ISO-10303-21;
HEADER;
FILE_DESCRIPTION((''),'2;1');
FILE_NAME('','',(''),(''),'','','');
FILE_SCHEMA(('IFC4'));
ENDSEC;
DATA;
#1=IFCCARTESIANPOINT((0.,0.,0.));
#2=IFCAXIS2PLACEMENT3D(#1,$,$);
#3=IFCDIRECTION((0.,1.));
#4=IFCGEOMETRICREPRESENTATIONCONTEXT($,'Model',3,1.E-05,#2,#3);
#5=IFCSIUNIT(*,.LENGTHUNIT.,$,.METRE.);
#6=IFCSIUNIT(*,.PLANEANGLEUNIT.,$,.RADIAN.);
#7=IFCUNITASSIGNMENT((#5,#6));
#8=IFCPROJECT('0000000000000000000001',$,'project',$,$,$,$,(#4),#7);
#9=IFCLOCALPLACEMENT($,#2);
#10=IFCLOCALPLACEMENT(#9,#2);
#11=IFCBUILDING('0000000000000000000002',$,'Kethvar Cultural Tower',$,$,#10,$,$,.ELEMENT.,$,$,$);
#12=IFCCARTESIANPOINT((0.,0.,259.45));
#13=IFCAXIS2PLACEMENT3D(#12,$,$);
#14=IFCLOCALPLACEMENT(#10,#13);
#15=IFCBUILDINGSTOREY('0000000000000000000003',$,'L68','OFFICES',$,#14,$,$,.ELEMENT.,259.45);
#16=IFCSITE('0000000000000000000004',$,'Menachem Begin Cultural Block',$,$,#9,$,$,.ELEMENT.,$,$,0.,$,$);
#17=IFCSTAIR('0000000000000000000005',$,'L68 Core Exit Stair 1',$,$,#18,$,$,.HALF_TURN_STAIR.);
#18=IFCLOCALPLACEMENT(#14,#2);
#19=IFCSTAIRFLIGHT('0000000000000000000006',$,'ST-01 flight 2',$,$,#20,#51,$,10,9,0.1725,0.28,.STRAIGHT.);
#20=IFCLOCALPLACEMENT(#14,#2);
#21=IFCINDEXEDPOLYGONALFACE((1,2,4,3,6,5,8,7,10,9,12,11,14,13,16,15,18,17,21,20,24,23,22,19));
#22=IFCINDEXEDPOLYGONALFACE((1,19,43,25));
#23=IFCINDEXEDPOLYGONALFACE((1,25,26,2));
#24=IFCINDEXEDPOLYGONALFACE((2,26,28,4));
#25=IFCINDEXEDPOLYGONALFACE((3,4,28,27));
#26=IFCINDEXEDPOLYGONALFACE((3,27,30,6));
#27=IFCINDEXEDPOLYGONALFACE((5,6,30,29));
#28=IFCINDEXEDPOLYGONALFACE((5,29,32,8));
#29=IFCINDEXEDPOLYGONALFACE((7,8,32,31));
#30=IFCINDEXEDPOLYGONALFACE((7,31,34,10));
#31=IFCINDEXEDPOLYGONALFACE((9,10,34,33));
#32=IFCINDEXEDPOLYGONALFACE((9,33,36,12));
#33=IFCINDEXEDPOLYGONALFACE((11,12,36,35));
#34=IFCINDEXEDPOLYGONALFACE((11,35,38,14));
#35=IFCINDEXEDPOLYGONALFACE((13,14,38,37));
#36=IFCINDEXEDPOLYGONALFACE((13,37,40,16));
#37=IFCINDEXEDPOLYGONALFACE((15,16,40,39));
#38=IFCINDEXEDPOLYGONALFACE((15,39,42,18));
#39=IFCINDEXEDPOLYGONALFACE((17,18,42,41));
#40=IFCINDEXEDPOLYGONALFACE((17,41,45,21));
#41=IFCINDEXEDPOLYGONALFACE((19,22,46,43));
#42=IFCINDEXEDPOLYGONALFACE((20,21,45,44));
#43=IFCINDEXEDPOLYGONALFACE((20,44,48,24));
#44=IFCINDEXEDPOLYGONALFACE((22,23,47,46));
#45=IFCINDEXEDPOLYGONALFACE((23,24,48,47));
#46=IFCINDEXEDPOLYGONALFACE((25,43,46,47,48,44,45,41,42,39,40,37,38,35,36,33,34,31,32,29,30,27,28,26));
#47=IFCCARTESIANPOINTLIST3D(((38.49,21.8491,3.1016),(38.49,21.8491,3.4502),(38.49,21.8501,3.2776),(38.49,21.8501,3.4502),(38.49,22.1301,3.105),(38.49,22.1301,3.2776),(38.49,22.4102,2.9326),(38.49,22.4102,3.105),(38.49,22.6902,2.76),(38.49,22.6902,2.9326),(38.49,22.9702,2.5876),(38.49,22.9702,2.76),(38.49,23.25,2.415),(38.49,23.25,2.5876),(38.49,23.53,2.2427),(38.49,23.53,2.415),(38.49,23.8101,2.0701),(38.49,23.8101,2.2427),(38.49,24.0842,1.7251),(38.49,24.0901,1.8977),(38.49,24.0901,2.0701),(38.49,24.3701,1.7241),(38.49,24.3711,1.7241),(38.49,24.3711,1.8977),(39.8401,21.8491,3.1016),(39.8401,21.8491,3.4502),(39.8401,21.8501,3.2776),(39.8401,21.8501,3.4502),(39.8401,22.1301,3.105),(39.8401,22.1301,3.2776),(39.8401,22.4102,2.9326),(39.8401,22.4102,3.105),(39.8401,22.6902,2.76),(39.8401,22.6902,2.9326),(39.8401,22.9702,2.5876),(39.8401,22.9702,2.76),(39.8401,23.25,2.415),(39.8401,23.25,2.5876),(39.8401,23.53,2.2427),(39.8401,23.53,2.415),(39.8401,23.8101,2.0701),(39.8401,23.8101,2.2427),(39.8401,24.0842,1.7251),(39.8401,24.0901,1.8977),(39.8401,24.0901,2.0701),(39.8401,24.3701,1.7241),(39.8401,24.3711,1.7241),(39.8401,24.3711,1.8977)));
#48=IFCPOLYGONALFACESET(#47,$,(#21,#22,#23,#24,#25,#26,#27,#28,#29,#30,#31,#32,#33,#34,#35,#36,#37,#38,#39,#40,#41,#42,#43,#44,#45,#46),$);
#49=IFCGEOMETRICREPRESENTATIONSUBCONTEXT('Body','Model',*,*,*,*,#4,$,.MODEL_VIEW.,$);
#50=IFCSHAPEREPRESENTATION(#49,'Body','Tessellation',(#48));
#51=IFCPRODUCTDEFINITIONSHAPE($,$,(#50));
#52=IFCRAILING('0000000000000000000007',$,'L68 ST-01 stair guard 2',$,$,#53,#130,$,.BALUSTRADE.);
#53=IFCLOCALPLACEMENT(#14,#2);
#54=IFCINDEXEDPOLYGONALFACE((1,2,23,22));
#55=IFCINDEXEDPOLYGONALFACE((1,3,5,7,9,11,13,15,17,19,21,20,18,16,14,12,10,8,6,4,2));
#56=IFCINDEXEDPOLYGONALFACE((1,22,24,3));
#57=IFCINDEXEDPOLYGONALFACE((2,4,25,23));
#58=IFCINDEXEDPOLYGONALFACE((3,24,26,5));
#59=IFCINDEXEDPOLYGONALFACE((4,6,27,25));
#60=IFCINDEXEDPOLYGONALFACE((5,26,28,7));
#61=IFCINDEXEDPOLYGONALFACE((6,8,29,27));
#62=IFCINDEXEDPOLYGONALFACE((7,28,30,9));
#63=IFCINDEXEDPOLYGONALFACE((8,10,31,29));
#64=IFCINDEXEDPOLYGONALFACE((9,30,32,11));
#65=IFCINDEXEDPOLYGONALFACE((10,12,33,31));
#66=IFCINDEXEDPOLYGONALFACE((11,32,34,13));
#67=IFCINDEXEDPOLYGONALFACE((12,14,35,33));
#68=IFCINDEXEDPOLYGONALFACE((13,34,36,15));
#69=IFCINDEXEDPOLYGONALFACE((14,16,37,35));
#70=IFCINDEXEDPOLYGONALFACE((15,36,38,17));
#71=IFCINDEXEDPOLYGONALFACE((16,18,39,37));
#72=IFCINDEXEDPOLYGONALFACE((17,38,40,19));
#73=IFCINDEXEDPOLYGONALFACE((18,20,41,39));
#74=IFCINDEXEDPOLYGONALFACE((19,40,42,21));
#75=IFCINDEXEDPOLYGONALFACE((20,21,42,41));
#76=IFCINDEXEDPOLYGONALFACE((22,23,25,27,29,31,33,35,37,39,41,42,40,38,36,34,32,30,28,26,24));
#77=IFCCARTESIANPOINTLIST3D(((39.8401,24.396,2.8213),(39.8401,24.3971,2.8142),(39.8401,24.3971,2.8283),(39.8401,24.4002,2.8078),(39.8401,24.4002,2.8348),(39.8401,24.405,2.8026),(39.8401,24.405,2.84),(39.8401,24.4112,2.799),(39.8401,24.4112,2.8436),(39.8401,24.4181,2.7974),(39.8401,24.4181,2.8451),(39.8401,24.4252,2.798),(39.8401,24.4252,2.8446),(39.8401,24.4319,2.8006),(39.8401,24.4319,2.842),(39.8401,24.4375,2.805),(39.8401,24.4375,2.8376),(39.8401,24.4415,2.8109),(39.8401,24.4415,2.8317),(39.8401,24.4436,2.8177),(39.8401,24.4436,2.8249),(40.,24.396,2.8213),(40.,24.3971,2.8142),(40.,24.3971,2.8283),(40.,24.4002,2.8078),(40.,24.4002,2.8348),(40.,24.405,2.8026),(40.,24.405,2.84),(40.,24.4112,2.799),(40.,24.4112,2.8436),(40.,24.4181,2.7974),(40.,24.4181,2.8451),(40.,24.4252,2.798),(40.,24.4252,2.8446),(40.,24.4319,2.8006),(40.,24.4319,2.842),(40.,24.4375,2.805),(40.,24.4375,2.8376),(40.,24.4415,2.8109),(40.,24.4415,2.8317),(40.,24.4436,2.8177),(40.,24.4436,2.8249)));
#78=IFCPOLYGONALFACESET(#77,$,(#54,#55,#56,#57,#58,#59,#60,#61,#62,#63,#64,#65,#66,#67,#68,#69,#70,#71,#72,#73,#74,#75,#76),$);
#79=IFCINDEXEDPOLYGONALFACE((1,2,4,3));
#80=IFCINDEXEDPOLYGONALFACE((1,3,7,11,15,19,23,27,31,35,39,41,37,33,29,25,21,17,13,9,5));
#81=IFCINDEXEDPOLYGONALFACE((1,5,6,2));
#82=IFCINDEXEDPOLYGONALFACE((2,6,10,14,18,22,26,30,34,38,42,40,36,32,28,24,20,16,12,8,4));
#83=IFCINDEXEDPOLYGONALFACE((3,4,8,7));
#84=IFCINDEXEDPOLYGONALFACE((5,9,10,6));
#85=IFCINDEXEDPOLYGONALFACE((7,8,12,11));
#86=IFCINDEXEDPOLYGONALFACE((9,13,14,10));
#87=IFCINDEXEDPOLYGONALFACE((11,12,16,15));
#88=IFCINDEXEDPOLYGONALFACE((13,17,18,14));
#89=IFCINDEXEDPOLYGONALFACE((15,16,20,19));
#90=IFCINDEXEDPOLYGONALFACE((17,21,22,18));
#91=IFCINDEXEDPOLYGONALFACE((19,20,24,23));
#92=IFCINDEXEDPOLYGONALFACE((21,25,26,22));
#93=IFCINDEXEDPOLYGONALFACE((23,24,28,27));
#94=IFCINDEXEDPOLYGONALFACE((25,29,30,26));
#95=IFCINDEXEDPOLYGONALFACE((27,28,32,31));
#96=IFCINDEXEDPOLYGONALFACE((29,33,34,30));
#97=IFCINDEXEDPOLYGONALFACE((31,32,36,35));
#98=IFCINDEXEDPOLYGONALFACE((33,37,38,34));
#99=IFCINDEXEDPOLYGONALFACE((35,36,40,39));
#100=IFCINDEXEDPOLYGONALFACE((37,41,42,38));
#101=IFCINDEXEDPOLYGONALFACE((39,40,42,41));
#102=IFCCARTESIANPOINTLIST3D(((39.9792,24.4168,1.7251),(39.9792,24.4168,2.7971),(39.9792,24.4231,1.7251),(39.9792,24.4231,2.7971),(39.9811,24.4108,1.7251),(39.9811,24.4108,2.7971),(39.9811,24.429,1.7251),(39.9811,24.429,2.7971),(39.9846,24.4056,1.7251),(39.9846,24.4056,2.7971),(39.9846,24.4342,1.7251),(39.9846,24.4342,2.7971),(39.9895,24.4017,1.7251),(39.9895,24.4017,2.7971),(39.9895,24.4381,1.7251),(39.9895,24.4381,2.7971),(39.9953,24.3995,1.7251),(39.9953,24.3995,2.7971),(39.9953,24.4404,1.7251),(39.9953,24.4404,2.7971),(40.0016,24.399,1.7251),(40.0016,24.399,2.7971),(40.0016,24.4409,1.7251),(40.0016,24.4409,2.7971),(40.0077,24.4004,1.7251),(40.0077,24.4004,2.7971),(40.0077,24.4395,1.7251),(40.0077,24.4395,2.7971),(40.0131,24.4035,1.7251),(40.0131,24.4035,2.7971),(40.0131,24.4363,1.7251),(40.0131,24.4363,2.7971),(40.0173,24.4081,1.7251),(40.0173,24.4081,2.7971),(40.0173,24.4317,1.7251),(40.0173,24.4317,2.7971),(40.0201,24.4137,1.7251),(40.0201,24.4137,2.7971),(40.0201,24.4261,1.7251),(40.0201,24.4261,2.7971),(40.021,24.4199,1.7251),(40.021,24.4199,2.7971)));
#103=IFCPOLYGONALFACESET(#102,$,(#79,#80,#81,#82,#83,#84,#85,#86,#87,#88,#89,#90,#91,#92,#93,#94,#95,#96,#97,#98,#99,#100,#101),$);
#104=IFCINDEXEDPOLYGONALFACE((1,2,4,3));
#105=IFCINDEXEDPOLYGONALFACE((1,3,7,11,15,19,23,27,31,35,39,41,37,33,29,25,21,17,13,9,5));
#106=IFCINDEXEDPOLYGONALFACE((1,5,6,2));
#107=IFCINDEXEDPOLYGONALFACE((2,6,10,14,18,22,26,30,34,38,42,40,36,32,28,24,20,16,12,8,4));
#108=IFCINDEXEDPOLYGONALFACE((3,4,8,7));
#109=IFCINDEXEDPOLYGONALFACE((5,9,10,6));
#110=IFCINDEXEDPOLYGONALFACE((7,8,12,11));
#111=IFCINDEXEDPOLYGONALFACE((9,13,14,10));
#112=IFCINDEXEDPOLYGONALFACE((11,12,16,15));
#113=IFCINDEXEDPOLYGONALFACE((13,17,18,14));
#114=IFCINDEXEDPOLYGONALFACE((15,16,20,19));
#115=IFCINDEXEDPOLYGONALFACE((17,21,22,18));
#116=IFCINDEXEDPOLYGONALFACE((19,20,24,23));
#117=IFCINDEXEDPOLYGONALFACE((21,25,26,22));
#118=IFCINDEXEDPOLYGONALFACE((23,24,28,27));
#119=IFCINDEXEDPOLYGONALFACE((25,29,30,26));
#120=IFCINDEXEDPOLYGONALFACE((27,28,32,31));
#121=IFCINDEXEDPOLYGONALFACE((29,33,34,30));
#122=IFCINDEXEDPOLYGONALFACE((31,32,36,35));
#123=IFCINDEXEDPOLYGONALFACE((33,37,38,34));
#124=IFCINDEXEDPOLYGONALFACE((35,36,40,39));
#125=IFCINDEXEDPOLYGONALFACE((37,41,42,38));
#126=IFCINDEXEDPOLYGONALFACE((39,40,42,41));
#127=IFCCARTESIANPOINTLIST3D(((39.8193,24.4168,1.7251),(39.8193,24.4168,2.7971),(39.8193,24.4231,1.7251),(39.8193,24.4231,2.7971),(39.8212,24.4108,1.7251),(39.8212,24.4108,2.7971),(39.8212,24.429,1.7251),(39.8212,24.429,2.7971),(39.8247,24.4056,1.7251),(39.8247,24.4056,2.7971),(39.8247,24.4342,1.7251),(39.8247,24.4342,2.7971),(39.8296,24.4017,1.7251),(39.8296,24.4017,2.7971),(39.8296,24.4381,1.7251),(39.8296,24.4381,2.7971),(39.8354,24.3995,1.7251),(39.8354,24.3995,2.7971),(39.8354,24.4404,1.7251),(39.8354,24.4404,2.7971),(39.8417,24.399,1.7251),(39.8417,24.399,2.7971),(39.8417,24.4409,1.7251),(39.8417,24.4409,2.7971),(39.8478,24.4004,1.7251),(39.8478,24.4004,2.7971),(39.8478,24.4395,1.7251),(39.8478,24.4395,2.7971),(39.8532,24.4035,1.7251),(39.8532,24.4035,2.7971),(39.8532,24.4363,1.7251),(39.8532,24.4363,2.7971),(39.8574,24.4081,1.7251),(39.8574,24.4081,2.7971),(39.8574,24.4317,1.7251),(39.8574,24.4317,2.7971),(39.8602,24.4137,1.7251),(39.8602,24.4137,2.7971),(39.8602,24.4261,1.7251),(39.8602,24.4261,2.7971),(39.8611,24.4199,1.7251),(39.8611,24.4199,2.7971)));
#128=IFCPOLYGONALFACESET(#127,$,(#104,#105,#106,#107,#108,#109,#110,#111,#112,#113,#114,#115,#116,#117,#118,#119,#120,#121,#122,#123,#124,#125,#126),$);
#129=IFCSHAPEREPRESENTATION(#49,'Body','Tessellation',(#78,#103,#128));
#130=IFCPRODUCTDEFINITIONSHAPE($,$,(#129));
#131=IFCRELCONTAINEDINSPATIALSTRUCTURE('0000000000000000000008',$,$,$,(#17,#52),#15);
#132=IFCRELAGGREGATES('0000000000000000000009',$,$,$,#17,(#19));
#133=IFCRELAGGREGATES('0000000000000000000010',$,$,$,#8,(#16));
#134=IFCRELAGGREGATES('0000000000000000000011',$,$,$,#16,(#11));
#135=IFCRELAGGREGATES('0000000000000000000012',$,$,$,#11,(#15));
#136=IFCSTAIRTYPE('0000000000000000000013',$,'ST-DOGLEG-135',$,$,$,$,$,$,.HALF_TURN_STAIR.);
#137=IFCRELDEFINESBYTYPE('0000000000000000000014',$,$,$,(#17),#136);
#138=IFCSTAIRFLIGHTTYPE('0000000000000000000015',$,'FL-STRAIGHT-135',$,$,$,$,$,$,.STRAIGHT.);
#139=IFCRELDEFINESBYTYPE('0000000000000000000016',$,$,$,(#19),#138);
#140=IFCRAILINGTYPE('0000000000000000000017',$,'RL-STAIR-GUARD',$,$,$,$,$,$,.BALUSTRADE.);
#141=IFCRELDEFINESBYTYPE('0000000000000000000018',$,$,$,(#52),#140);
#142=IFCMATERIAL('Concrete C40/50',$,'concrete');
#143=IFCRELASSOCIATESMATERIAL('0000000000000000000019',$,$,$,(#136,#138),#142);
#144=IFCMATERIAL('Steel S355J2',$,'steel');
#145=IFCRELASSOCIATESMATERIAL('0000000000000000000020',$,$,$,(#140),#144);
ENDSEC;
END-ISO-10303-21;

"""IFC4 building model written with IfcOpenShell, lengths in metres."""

from ifc_helpers import new_model, si_unit, direction, frame, origin, origin_2d, place, context, subcontext, project, spatial, polyline, circle, outline, extrude, material, type_object, element, aggregate, save


model = new_model("IFC4")

# Units and contexts
model_context = context("Model", 3, precision=1e-05, world=origin(), true_north=direction((0.0, 1.0)))
body_context = subcontext(model_context, "Body", "Model", "MODEL_VIEW")
ifc_project = project(units=[si_unit("LENGTHUNIT", "METRE"), si_unit("PLANEANGLEUNIT", "RADIAN")], contexts=[model_context])

# Site, building, storey
site_placement = place(None, origin())
site = spatial("IfcSite", under=ifc_project, at=site_placement, Name="Menachem Begin Cultural Block", CompositionType="ELEMENT", RefElevation=0.0)
building_placement = place(site_placement, origin())
building = spatial("IfcBuilding", under=site, at=building_placement, Name="Kethvar Cultural Tower", CompositionType="ELEMENT")
storey_placement = place(building_placement, frame((0.0, 0.0, 259.45)))
storey = spatial("IfcBuildingStorey", under=building, at=storey_placement, Name="L68", Description="OFFICES", CompositionType="ELEMENT", Elevation=259.45)

# Shared definitions
ifc_material_1 = material(Name="Steel S355J2", Category="steel")

# Shared definitions
ifc_material_2 = material(Name="Concrete C40/50", Category="concrete")

# Stair, stair flight
stair_type = type_object("IfcStairType", Name="ST-DOGLEG-135", PredefinedType="HALF_TURN_STAIR", material=ifc_material_2)
stair_placement = place(storey_placement, origin())
stair = element("IfcStair", 1, at=stair_placement, inside=storey, type_object=stair_type, Name="L68 Core Exit Stair 1", PredefinedType="HALF_TURN_STAIR")
stair_flight_type = type_object("IfcStairFlightType", Name="FL-STRAIGHT-135", PredefinedType="STRAIGHT", material=ifc_material_2)
stair_flight_placement = place(storey_placement, frame((39.165, 24.3701, 1.7251), z_axis=(0.0, 0.0, 1.0), x_axis=(0.0, -1.0, 0.0)))
stair_flight = element("IfcStairFlight", 2, at=stair_flight_placement, type_object=stair_flight_type, Name="ST-01 flight 2", NumberOfRisers=10, NumberOfTreads=9, PredefinedType="STRAIGHT", RiserHeight=0.1725, TreadLength=0.28, context=body_context, shape_type="SweptSolid", body=[
    extrude(outline(polyline([(-0.001, -0.001), (-0.001, 0.1726), (0.28, 0.1726), (0.28, 0.345), (0.5601, 0.345), (0.5601, 0.5176), (0.8401, 0.5176), (0.8401, 0.6899), (1.1201, 0.6899), (1.1201, 0.8625), (1.3999, 0.8625), (1.3999, 1.0349), (1.6799, 1.0349), (1.6799, 1.2075), (1.96, 1.2075), (1.96, 1.3799), (2.24, 1.3799), (2.24, 1.5525), (2.52, 1.5525), (2.52, 1.7251), (2.521, 1.7251), (2.521, 1.3765), (0.2859, 0.0), (0.0, -0.001), (-0.001, -0.001)])), frame((0.0, 0.675, 0.0), z_axis=(0.0, -1.0, 0.0), x_axis=(1.0, 0.0, 0.0)), (0.0, 0.0, 1.0), 1.3501),
])
aggregate(stair, [stair_flight])

# Railing
railing_type_1 = type_object("IfcRailingType", Name="RL-STAIR-GUARD", PredefinedType="BALUSTRADE", material=ifc_material_1)
railing_1_placement = place(storey_placement, frame((40.0, 24.4199, 1.7251)))
element("IfcRailing", 3, at=railing_1_placement, inside=storey, type_object=railing_type_1, Name="L68 ST-01 stair guard 2", PredefinedType="BALUSTRADE", context=body_context, shape_type="SweptSolid", body=[
    extrude(circle(Radius=0.0239, at=origin_2d()), frame((0.0, 0.0, 1.0962), z_axis=(-1.0, 0.0, 0.0), x_axis=(0.0, -1.0, 0.0)), (0.0, 0.0, 1.0), 0.1599),
    extrude(circle(Radius=0.021, at=origin_2d()), origin(), (0.0, 0.0, 1.0), 1.072),
    extrude(circle(Radius=0.021, at=origin_2d()), frame((-0.1599, 0.0, 0.0)), (0.0, 0.0, 1.0), 1.072),
])

save(model, "model.ifc")
